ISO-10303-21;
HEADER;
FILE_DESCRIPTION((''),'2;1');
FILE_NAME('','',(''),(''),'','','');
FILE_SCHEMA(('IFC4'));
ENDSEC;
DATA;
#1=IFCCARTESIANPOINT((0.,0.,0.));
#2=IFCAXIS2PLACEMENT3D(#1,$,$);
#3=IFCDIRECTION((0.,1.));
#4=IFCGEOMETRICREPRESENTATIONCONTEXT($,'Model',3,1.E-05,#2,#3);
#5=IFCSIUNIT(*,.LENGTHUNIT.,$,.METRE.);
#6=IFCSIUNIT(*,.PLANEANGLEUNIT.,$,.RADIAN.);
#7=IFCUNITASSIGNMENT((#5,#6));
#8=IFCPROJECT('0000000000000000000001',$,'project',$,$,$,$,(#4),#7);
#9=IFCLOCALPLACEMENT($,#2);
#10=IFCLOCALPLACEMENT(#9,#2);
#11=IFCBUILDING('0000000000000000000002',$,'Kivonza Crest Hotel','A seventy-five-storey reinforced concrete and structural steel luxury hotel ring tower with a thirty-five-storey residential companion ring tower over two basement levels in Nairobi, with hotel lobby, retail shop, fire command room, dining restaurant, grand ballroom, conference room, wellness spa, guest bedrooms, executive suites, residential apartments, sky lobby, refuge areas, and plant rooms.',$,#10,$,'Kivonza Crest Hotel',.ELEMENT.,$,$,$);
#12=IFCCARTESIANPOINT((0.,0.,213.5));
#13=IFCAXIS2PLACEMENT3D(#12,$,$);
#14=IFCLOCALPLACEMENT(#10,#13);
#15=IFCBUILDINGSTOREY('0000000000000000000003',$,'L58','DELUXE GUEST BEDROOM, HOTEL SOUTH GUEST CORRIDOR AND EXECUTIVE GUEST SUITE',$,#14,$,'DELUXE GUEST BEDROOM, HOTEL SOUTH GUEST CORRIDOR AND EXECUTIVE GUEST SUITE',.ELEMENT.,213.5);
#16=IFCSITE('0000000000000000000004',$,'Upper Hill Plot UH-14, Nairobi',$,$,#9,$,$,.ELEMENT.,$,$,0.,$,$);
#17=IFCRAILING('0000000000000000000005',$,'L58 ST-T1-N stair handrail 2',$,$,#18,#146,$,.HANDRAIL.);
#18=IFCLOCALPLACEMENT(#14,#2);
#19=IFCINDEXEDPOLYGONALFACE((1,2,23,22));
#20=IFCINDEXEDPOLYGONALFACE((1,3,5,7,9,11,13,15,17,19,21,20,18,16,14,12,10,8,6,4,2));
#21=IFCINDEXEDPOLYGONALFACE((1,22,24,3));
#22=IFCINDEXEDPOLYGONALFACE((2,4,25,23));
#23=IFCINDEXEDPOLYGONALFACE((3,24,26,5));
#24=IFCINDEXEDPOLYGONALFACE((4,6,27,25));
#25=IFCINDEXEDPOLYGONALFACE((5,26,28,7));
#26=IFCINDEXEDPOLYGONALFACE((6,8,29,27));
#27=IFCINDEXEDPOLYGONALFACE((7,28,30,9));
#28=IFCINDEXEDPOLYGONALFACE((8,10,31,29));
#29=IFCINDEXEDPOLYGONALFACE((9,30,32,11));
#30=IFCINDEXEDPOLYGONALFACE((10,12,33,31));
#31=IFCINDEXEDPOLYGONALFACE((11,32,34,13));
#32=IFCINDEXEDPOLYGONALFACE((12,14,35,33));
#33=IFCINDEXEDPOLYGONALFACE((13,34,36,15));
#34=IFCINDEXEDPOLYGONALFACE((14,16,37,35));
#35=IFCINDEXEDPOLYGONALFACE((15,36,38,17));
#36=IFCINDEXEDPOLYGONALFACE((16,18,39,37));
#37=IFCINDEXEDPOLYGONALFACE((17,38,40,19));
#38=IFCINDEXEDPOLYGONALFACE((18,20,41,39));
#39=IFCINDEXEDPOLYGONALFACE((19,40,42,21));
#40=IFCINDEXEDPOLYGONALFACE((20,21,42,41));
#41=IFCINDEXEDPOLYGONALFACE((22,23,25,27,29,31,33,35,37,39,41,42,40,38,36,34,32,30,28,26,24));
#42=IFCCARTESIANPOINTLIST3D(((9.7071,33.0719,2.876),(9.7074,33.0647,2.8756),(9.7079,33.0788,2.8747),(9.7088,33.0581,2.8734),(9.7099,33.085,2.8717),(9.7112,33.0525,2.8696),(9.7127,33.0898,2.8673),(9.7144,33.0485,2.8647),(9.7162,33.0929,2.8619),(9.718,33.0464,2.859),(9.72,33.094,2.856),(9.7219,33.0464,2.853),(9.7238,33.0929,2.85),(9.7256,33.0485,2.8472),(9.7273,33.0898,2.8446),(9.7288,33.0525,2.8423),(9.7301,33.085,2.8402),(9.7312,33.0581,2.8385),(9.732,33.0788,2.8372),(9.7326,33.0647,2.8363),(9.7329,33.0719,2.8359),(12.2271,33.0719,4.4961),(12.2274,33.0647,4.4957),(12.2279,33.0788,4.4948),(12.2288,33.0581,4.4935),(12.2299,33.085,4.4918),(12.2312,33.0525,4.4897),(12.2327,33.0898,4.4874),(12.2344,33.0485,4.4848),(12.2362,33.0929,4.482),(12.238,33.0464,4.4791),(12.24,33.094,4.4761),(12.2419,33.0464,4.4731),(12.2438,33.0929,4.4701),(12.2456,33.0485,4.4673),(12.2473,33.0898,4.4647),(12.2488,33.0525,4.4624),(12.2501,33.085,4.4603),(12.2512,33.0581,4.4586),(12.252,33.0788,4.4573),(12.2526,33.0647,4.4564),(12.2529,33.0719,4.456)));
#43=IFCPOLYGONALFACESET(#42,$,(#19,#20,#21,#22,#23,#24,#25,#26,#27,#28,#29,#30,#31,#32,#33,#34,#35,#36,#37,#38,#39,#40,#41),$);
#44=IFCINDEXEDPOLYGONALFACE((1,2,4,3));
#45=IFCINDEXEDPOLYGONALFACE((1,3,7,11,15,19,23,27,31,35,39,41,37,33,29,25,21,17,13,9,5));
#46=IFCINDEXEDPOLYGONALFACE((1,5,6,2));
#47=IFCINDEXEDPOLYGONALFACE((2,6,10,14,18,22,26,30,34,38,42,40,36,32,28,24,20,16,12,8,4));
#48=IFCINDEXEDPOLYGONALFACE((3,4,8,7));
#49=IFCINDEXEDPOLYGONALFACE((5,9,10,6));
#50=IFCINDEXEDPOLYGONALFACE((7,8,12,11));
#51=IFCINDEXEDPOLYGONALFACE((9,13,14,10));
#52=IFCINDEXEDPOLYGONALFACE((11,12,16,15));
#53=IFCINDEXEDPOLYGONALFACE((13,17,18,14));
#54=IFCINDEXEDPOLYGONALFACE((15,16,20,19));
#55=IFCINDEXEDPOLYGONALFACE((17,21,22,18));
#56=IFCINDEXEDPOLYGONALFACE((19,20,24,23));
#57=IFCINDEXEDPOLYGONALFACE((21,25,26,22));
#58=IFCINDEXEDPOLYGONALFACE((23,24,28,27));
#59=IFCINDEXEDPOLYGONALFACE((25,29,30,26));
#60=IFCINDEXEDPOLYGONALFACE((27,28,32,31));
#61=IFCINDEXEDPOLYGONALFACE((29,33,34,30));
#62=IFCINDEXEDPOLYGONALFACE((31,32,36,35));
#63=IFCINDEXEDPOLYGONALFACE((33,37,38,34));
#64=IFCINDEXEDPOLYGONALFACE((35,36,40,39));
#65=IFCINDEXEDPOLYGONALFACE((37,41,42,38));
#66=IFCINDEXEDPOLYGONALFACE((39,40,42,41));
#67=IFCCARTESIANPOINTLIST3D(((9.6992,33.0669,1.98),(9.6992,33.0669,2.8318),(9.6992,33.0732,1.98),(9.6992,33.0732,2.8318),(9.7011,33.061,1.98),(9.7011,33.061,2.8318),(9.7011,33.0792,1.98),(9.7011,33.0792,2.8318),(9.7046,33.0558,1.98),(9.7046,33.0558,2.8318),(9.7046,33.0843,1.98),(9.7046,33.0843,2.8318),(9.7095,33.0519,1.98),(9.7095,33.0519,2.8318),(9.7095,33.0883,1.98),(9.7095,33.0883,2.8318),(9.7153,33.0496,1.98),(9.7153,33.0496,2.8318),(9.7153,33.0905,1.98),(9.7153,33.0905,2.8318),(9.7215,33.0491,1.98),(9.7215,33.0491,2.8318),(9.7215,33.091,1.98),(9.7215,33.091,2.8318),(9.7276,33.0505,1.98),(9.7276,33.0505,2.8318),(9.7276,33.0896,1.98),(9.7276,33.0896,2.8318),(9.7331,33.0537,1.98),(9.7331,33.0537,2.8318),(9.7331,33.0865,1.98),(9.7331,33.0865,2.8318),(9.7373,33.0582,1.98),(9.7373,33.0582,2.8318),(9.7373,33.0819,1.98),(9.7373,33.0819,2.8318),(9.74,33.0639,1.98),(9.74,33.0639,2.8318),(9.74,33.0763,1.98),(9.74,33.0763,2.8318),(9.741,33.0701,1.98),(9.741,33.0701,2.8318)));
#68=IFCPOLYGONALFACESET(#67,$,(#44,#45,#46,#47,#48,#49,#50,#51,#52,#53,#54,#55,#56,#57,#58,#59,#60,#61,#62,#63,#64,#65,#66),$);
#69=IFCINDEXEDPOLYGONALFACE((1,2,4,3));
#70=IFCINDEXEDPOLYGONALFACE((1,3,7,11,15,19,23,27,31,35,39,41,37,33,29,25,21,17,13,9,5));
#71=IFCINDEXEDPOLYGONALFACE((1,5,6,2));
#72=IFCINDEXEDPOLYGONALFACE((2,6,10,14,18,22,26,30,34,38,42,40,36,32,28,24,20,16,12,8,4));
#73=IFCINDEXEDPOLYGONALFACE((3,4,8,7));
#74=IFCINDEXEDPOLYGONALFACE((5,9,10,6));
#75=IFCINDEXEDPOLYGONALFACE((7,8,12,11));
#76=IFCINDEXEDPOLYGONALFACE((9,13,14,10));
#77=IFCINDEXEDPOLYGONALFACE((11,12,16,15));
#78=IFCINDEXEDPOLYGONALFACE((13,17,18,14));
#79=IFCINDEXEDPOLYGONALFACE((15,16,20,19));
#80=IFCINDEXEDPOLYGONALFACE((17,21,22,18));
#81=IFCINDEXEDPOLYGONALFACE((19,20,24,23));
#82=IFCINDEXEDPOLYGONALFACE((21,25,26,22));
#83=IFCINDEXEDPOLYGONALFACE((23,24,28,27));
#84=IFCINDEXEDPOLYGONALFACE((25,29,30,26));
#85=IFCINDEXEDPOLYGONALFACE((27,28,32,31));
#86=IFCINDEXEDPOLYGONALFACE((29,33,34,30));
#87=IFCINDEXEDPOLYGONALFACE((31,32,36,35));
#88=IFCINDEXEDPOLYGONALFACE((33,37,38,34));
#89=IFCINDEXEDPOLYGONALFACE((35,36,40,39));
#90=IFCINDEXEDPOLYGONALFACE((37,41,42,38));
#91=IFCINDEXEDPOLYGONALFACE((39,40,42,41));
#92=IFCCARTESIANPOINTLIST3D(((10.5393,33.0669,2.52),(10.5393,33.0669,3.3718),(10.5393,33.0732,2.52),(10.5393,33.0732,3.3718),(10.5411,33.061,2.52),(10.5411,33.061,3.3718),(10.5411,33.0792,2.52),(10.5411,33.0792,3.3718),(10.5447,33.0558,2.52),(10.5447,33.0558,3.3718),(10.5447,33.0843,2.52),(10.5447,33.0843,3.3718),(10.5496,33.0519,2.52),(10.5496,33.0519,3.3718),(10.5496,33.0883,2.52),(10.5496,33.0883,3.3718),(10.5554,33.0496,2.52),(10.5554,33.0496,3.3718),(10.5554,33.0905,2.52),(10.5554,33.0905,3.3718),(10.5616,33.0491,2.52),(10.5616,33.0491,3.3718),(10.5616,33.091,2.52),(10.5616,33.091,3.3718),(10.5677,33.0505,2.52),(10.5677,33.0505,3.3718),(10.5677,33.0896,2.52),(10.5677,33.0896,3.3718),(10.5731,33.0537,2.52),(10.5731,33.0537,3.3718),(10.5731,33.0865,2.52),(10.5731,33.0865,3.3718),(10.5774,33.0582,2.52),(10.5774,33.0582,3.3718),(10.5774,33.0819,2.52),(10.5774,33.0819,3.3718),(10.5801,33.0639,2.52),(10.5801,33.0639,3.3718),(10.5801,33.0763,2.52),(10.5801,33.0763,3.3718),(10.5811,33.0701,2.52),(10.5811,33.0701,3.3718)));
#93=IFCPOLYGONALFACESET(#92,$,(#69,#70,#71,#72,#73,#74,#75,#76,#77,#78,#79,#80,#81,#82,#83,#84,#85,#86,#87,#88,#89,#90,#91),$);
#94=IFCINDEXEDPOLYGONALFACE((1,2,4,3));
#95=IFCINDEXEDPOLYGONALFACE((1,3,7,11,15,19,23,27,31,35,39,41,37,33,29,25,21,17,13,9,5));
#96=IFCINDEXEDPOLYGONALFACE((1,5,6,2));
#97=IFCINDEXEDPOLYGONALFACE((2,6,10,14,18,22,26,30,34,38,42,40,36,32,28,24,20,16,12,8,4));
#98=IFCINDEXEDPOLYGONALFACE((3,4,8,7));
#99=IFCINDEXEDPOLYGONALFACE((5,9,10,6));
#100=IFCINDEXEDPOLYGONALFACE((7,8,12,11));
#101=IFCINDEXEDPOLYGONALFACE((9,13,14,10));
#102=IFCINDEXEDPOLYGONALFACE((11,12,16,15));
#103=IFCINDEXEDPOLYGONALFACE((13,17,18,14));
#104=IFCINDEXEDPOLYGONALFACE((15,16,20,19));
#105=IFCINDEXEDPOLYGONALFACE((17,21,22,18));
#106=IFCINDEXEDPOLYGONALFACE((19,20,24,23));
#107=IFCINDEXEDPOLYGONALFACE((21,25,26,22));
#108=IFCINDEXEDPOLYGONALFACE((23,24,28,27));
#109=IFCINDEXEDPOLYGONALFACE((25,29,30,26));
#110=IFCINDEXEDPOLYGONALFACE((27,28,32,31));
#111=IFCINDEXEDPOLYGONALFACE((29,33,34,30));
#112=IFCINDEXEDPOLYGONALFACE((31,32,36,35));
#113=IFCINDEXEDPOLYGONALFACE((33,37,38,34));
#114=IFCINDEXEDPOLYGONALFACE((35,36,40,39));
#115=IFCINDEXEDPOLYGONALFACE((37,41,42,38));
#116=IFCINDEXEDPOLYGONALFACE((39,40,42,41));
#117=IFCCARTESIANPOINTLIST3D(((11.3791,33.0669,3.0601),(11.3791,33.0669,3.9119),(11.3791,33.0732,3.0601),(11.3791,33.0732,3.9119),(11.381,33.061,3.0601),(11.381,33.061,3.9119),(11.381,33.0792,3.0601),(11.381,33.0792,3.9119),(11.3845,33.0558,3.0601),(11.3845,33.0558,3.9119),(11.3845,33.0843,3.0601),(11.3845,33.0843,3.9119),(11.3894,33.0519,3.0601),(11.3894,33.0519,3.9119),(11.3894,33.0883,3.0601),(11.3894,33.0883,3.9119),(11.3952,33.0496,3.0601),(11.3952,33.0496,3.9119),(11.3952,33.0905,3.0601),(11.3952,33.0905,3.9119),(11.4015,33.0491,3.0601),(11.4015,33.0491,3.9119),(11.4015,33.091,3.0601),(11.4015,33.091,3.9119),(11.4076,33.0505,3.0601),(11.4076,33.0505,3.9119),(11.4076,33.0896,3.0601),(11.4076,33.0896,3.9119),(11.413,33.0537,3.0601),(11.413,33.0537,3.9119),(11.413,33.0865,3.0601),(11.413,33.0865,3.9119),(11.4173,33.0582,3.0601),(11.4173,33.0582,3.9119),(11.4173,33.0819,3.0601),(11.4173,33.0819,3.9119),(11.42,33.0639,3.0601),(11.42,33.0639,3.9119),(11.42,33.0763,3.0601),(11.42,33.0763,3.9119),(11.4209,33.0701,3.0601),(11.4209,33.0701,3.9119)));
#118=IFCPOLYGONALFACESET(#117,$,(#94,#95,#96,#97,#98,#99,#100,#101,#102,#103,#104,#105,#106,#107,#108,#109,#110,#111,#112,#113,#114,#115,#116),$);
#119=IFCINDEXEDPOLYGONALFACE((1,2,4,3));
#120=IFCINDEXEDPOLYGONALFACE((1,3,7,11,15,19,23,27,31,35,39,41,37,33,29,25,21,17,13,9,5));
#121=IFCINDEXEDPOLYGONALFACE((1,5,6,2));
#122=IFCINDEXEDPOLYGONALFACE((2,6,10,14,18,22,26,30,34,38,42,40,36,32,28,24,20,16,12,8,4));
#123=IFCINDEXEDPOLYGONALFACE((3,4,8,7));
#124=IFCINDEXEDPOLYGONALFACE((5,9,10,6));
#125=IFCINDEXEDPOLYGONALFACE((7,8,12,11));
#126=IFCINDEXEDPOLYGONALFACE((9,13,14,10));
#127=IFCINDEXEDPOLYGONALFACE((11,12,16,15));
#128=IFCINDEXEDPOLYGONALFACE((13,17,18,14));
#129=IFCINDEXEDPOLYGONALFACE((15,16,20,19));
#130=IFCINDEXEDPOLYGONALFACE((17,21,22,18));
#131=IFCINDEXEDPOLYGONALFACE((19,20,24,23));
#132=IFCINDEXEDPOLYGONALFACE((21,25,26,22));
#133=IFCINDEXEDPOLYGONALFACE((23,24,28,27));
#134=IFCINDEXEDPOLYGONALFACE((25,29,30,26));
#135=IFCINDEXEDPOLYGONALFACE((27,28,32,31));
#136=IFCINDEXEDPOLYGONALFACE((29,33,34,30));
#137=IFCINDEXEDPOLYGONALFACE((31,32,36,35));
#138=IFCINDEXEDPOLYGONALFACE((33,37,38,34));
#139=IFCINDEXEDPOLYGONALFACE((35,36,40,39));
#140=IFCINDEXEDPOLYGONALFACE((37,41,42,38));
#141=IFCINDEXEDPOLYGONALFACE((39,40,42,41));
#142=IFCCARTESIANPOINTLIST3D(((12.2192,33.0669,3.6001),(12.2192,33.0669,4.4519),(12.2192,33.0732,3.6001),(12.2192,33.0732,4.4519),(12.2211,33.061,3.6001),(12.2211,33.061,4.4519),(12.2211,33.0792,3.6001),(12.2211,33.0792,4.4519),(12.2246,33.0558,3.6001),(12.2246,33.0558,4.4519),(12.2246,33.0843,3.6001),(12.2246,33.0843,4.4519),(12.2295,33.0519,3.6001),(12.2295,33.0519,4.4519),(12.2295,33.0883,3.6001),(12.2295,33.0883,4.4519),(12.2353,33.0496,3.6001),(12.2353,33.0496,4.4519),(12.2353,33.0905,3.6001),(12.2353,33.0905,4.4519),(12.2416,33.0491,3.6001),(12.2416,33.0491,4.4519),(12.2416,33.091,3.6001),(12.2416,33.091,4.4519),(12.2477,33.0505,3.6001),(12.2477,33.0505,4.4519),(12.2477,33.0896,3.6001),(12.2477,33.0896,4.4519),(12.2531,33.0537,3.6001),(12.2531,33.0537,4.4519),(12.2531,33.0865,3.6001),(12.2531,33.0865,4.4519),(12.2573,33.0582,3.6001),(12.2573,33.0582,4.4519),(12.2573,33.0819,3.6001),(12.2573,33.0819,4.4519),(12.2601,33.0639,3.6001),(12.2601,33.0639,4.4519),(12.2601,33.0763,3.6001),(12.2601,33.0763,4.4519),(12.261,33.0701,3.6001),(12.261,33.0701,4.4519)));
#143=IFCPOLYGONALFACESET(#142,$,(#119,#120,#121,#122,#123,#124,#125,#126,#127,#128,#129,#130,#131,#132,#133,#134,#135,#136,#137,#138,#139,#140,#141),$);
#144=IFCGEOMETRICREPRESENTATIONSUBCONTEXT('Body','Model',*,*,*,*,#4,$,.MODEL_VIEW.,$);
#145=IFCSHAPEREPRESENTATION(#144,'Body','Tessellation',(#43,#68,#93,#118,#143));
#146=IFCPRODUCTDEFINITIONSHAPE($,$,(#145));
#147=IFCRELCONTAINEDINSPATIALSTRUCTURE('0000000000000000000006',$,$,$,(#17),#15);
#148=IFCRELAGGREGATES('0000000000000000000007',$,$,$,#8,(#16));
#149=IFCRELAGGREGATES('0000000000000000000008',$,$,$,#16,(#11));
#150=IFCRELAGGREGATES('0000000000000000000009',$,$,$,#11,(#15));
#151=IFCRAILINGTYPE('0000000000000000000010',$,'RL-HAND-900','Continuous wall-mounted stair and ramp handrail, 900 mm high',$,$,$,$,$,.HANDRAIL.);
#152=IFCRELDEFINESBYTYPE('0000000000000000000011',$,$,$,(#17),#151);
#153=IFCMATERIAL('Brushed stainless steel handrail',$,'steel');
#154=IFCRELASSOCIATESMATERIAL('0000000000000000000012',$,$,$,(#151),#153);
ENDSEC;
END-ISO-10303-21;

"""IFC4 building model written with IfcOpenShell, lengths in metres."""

from ifc_helpers import new_model, si_unit, direction, frame, origin, origin_2d, place, context, subcontext, project, spatial, circle, extrude, material, type_object, element, save


model = new_model("IFC4")

# Units and contexts
model_context = context("Model", 3, precision=1e-05, world=origin(), true_north=direction((0.0, 1.0)))
body_context = subcontext(model_context, "Body", "Model", "MODEL_VIEW")
ifc_project = project(units=[si_unit("LENGTHUNIT", "METRE"), si_unit("PLANEANGLEUNIT", "RADIAN")], contexts=[model_context])

# Site, building, storey
site_placement = place(None, origin())
site = spatial("IfcSite", under=ifc_project, at=site_placement, Name="Upper Hill Plot UH-14, Nairobi", CompositionType="ELEMENT", RefElevation=0.0)
building_placement = place(site_placement, origin())
building = spatial("IfcBuilding", under=site, at=building_placement, Name="Kivonza Crest Hotel", Description="A seventy-five-storey reinforced concrete and structural steel luxury hotel ring tower with a thirty-five-storey residential companion ring tower over two basement levels in Nairobi, with hotel lobby, retail shop, fire command room, dining restaurant, grand ballroom, conference room, wellness spa, guest bedrooms, executive suites, residential apartments, sky lobby, refuge areas, and plant rooms.", LongName="Kivonza Crest Hotel", CompositionType="ELEMENT")
storey_placement = place(building_placement, frame((0.0, 0.0, 213.5)))
storey = spatial("IfcBuildingStorey", under=building, at=storey_placement, Name="L58", Description="DELUXE GUEST BEDROOM, HOTEL SOUTH GUEST CORRIDOR AND EXECUTIVE GUEST SUITE", LongName="DELUXE GUEST BEDROOM, HOTEL SOUTH GUEST CORRIDOR AND EXECUTIVE GUEST SUITE", CompositionType="ELEMENT", Elevation=213.5)

# Railing
ifc_material_1 = material(Name="Brushed stainless steel handrail", Category="steel")
railing_type_1 = type_object("IfcRailingType", Name="RL-HAND-900", Description="Continuous wall-mounted stair and ramp handrail, 900 mm high", PredefinedType="HANDRAIL", material=ifc_material_1)
railing_1_placement = place(storey_placement, frame((9.72, 33.0701, 1.98)))
element("IfcRailing", 1, at=railing_1_placement, inside=storey, type_object=railing_type_1, Name="L58 ST-T1-N stair handrail 2", PredefinedType="HANDRAIL", context=body_context, shape_type="SweptSolid", body=[
    extrude(circle(Radius=0.0239, at=origin_2d()), frame((0.0, 0.0, 0.876), z_axis=(0.841163, 0.0, 0.540782), x_axis=(0.0, 1.0, 0.0)), (0.0, 0.0, 1.0), 2.9958),
    extrude(circle(Radius=0.021, at=origin_2d()), origin(), (0.0, 0.0, 1.0), 0.8518),
    extrude(circle(Radius=0.021, at=origin_2d()), frame((0.8401, 0.0, 0.54)), (0.0, 0.0, 1.0), 0.8518),
    extrude(circle(Radius=0.021, at=origin_2d()), frame((1.6799, 0.0, 1.0801)), (0.0, 0.0, 1.0), 0.8518),
    extrude(circle(Radius=0.021, at=origin_2d()), frame((2.52, 0.0, 1.6201)), (0.0, 0.0, 1.0), 0.8518),
])

save(model, "model.ifc")
